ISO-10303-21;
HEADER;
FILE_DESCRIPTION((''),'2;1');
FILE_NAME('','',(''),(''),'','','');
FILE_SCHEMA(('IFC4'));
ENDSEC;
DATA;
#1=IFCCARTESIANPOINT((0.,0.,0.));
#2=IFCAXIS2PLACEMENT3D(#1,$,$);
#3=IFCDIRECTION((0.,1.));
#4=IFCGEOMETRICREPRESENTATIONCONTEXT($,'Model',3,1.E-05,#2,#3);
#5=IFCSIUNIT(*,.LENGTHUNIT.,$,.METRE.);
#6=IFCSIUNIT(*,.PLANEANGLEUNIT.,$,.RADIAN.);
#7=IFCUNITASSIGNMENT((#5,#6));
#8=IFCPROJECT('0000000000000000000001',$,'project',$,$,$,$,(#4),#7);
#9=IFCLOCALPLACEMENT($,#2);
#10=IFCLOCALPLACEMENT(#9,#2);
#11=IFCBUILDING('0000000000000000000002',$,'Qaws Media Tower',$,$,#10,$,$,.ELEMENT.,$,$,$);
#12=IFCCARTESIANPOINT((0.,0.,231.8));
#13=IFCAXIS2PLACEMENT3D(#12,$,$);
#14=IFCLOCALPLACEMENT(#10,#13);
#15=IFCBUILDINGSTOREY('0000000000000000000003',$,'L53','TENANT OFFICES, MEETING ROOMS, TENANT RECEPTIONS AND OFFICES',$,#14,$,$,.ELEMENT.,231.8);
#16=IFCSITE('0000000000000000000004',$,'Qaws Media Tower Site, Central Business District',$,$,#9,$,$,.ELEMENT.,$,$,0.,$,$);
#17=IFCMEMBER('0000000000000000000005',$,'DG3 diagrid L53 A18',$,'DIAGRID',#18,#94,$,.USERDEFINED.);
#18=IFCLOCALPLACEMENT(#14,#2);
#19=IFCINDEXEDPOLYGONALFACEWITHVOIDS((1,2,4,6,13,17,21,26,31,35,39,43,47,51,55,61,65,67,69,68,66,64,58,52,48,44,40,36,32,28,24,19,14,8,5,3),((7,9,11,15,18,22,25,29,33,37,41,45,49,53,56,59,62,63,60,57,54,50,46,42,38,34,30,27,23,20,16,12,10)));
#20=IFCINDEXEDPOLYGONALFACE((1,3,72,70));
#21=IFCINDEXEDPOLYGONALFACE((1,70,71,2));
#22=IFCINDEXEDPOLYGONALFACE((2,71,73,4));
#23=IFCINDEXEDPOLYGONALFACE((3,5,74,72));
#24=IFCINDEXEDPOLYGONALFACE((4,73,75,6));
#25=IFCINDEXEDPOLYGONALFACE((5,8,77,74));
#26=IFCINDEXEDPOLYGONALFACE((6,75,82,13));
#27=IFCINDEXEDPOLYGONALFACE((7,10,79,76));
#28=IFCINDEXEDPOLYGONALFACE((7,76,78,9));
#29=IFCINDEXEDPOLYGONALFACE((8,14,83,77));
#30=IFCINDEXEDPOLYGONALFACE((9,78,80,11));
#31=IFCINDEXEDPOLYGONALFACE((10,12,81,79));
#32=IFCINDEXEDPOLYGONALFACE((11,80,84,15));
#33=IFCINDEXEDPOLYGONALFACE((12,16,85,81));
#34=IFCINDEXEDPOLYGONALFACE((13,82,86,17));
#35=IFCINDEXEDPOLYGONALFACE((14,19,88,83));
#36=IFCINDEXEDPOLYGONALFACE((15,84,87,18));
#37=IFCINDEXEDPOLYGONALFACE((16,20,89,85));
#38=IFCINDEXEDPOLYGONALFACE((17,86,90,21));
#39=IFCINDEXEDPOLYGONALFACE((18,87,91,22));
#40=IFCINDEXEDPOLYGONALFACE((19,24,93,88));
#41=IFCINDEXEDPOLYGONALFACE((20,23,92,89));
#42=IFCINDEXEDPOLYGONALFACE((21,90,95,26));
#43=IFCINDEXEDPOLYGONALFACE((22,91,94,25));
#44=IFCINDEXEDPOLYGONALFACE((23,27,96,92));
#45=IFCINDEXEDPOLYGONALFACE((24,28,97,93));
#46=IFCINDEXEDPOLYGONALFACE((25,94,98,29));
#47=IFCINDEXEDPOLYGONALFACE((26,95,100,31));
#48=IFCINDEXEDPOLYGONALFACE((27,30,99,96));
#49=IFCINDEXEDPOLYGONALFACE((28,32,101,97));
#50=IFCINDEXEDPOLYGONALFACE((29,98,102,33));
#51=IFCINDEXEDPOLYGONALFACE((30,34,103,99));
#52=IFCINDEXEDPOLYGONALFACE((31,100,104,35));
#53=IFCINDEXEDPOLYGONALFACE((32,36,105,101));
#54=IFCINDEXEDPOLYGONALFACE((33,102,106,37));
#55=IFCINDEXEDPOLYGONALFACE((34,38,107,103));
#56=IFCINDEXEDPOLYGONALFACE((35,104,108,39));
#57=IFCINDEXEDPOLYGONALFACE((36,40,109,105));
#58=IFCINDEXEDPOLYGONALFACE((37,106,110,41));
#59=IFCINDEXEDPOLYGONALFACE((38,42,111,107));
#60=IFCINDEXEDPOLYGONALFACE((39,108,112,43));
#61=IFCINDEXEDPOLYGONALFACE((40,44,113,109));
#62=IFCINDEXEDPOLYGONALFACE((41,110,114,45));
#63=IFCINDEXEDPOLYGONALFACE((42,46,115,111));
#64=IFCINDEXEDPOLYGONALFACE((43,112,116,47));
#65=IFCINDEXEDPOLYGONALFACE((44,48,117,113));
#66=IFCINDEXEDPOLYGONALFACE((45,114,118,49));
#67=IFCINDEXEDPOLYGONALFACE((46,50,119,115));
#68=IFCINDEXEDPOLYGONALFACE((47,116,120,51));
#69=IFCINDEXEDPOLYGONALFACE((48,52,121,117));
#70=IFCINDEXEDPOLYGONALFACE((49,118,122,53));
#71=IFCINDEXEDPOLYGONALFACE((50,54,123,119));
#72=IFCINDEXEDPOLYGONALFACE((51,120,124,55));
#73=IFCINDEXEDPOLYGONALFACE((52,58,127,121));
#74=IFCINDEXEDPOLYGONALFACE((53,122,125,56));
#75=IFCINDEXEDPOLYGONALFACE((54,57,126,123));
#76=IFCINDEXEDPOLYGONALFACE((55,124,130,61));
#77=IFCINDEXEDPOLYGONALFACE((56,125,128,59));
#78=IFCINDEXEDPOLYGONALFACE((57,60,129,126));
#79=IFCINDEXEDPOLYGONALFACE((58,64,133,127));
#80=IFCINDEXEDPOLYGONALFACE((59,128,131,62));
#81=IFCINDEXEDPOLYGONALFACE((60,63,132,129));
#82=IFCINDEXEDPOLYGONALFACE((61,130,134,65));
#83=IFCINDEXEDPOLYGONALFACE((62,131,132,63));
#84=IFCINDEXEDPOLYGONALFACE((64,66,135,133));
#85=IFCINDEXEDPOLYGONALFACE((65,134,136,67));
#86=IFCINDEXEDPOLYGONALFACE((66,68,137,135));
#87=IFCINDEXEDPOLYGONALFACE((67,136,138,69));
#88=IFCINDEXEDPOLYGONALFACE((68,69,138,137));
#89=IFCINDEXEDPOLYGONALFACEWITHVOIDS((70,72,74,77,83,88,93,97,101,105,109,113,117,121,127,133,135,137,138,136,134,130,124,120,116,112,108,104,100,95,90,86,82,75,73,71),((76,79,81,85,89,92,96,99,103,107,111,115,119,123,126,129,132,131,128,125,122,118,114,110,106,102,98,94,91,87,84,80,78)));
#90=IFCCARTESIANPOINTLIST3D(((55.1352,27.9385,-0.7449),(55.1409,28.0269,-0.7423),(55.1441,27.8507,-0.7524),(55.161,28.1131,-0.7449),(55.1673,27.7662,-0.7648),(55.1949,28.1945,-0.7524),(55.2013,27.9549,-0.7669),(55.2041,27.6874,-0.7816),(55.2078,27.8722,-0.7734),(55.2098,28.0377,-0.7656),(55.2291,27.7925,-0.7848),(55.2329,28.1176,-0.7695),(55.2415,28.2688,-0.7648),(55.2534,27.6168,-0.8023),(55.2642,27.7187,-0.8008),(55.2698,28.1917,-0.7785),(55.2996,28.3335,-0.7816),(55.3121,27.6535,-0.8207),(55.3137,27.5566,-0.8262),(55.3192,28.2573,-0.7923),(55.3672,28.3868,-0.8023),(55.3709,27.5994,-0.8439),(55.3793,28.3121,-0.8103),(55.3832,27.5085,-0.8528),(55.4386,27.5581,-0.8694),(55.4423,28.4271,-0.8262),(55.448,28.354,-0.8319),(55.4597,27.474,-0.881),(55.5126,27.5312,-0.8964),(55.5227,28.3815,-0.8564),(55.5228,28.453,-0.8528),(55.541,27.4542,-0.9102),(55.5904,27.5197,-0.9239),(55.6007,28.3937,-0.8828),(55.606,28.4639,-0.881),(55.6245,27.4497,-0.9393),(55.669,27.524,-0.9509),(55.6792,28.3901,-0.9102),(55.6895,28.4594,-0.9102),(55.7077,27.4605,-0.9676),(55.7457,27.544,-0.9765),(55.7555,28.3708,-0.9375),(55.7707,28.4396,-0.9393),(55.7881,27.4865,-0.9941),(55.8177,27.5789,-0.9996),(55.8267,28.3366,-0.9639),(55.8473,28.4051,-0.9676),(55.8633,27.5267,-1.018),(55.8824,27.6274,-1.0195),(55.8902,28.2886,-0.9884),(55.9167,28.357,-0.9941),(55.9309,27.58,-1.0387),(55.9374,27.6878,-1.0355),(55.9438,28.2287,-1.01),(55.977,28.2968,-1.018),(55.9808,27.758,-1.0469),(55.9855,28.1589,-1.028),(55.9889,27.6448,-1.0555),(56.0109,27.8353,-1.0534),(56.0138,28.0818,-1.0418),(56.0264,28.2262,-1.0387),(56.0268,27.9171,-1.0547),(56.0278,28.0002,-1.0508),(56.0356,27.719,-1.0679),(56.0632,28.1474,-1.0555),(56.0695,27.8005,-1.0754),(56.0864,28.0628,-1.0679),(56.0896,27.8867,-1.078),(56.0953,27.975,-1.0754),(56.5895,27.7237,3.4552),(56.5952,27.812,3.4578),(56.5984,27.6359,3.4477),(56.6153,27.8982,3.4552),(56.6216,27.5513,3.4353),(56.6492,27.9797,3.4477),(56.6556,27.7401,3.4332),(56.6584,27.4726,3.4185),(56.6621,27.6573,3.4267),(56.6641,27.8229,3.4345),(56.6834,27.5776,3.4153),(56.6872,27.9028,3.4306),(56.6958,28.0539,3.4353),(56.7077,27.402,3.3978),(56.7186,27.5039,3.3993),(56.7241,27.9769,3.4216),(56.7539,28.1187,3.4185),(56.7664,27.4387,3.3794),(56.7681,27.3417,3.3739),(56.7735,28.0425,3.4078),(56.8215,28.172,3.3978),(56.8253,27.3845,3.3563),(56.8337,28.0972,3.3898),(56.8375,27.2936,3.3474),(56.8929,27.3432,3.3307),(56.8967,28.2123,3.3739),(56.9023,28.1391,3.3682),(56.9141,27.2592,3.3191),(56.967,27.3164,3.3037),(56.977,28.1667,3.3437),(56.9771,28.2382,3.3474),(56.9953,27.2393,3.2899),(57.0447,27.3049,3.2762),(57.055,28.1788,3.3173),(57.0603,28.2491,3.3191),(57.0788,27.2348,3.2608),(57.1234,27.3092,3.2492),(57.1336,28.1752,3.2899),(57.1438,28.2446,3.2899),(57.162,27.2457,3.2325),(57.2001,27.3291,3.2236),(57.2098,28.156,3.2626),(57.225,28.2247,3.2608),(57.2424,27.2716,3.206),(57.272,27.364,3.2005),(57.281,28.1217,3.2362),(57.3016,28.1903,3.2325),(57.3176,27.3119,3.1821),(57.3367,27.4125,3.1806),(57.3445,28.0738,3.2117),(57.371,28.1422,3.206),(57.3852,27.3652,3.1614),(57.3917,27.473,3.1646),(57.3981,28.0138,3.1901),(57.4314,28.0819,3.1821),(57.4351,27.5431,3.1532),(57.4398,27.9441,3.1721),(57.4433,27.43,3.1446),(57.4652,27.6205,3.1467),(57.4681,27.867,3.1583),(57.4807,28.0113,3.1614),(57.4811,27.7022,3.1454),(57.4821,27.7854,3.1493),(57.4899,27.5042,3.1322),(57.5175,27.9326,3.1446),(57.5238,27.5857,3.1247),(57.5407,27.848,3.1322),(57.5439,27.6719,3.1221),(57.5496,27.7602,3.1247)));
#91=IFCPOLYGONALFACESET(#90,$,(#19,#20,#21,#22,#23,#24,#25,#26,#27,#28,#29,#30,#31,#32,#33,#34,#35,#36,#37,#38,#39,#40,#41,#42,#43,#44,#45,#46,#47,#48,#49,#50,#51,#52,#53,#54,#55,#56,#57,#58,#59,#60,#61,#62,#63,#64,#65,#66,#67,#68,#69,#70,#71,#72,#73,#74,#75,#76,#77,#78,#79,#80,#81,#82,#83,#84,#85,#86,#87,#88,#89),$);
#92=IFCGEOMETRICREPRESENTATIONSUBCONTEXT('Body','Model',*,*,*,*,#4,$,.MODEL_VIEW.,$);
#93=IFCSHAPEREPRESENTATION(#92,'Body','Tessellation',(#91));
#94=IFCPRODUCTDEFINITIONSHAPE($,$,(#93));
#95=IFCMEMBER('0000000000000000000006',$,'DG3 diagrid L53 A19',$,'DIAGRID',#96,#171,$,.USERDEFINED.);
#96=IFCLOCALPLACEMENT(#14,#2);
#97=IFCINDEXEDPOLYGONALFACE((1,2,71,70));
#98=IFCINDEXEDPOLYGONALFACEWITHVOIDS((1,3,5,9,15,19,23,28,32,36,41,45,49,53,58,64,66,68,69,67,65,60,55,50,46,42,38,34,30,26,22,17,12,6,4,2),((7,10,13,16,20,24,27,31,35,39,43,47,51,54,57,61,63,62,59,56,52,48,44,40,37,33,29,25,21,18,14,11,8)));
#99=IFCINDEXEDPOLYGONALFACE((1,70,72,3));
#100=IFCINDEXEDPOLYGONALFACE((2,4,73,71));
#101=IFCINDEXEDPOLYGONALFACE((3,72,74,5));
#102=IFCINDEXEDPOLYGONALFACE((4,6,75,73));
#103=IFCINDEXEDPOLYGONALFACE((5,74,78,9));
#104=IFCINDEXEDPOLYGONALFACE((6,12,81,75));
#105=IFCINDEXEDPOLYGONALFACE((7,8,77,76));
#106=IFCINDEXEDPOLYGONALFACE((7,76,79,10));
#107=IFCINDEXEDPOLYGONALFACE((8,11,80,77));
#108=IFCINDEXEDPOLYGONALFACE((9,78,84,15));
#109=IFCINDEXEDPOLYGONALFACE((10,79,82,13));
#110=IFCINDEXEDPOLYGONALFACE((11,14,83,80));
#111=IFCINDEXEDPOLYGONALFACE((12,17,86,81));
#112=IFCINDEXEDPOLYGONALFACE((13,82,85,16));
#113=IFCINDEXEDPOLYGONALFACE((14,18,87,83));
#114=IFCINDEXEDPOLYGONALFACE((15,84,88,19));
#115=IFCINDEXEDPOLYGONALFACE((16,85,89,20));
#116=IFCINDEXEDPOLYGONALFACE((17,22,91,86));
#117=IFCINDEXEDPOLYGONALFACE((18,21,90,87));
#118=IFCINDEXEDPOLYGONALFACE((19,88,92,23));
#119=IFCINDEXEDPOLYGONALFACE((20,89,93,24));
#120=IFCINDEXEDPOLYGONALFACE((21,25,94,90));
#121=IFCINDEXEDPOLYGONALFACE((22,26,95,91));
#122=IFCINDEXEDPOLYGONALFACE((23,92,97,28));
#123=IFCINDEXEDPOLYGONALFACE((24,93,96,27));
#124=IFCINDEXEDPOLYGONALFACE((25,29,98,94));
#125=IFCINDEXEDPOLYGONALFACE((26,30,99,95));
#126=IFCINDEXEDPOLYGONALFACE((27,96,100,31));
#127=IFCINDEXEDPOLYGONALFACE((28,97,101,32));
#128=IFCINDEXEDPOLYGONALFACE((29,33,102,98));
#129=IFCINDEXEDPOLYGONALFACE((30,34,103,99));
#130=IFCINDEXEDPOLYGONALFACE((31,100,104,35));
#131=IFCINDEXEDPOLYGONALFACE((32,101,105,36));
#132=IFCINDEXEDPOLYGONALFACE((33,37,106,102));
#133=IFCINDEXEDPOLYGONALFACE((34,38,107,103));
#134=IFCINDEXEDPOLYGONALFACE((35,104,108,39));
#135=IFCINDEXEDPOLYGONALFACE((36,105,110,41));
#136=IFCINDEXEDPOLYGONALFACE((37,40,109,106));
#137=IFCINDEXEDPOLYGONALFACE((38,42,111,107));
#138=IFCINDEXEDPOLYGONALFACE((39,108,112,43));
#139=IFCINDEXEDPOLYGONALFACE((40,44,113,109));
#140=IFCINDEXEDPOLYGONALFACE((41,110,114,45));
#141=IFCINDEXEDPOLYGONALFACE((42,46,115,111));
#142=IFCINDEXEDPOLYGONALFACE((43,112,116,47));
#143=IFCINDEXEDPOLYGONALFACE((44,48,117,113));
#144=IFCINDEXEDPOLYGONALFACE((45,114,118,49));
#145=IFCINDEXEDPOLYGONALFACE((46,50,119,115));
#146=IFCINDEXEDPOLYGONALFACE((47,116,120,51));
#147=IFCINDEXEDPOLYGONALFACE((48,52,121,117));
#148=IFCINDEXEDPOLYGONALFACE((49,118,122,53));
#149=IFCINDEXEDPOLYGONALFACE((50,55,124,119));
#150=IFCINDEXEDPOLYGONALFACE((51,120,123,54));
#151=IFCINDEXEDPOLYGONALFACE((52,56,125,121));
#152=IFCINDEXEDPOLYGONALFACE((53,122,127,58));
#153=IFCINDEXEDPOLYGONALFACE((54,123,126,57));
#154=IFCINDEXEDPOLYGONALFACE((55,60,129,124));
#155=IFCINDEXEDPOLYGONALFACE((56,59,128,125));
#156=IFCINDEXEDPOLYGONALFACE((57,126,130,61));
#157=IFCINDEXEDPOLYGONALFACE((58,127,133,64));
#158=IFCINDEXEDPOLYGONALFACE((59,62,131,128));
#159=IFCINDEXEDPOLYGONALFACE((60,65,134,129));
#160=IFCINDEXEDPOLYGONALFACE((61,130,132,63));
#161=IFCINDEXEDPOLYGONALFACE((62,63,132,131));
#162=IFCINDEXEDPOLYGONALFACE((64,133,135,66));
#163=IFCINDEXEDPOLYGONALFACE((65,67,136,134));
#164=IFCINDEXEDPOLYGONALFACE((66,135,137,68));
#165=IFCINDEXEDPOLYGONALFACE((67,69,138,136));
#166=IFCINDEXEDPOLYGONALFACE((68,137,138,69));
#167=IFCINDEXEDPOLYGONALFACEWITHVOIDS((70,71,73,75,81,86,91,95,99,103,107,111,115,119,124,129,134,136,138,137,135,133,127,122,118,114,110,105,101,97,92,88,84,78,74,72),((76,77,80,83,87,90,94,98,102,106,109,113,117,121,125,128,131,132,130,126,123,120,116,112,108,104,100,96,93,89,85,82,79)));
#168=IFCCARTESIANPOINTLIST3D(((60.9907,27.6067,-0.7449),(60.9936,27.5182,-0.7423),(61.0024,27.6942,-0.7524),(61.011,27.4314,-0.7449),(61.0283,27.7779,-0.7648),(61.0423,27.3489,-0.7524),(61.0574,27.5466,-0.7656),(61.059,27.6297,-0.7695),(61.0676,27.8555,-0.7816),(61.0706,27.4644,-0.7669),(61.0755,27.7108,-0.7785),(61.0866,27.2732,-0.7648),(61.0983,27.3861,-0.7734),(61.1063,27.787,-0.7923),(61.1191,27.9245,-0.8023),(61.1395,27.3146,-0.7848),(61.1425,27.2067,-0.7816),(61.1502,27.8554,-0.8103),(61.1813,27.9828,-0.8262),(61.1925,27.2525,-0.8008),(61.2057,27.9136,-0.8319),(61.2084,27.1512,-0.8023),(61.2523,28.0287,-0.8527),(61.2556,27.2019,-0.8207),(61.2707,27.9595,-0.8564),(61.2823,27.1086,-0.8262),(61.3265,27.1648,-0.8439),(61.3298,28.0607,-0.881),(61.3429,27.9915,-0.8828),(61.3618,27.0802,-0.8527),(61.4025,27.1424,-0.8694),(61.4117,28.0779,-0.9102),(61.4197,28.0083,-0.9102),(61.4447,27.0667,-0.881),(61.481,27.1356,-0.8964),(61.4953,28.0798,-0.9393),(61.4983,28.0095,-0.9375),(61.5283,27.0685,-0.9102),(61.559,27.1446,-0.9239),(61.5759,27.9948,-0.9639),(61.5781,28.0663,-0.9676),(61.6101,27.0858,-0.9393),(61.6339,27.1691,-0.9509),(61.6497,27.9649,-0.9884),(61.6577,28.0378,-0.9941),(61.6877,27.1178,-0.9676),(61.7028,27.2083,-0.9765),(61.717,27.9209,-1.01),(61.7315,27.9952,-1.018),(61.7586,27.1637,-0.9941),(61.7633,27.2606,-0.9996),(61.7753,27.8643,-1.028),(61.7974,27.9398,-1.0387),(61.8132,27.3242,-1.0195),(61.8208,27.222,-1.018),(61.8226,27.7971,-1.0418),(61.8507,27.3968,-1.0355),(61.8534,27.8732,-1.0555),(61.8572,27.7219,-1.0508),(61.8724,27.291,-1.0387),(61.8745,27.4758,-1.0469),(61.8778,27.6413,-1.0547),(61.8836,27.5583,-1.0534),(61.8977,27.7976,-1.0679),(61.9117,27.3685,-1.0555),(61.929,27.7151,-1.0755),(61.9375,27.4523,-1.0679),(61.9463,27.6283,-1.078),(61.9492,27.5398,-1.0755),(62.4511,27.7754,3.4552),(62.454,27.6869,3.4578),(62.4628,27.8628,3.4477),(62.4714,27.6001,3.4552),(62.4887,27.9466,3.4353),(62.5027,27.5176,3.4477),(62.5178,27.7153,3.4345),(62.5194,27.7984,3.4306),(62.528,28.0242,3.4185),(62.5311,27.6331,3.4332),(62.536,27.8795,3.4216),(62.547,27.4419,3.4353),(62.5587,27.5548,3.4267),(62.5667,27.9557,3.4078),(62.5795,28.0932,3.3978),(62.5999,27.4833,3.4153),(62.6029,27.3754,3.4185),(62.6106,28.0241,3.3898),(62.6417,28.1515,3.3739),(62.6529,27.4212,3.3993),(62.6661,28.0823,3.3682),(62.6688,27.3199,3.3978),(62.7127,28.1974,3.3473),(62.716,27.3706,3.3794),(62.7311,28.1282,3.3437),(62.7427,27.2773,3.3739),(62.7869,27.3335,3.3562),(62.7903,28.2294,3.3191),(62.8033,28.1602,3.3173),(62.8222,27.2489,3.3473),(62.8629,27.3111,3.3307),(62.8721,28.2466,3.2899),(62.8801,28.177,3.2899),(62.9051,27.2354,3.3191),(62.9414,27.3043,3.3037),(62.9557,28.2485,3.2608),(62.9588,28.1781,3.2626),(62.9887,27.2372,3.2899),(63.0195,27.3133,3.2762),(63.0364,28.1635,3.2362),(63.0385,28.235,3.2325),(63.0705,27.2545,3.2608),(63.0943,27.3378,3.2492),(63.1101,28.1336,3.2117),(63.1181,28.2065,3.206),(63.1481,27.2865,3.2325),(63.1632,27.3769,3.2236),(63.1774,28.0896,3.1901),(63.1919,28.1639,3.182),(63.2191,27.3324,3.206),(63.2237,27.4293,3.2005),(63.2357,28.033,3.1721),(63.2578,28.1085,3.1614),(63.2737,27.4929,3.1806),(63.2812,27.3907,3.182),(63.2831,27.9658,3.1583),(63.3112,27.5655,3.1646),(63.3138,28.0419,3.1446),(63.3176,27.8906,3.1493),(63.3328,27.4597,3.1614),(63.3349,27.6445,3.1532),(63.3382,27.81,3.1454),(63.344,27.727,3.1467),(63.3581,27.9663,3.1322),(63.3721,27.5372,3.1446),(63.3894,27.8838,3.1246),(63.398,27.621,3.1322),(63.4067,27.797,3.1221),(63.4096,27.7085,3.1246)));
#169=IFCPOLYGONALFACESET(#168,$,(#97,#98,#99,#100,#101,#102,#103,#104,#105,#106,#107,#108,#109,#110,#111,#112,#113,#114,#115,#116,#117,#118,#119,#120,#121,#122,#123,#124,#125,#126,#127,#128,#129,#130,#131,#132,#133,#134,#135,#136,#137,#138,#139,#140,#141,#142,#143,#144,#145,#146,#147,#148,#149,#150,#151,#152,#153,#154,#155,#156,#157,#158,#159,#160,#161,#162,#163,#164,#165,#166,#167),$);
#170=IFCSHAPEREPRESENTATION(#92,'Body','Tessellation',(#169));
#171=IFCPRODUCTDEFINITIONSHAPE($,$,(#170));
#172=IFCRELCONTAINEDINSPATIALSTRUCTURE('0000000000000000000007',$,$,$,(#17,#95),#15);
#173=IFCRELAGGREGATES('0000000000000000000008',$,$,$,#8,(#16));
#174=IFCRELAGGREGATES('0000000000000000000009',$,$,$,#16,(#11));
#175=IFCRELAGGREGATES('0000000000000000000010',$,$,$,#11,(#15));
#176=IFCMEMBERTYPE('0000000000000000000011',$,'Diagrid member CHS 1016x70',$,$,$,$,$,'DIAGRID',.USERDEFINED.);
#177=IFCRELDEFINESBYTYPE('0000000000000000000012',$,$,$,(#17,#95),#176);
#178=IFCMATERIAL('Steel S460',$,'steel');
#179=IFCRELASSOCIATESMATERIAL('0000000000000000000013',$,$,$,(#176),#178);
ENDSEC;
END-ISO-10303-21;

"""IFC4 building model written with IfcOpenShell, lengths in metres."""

from ifc_helpers import new_model, si_unit, direction, frame, origin, origin_2d, place, context, subcontext, project, spatial, hollow_circle, extrude, material, material_profile, profile_set, type_object, element, save


model = new_model("IFC4")

# Units and contexts
model_context = context("Model", 3, precision=1e-05, world=origin(), true_north=direction((0.0, 1.0)))
body_context = subcontext(model_context, "Body", "Model", "MODEL_VIEW")
ifc_project = project(units=[si_unit("LENGTHUNIT", "METRE"), si_unit("PLANEANGLEUNIT", "RADIAN")], contexts=[model_context])

# Site, building, storey
site_placement = place(None, origin())
site = spatial("IfcSite", under=ifc_project, at=site_placement, Name="Qaws Media Tower Site, Central Business District", CompositionType="ELEMENT", RefElevation=0.0)
building_placement = place(site_placement, origin())
building = spatial("IfcBuilding", under=site, at=building_placement, Name="Qaws Media Tower", CompositionType="ELEMENT")
storey_placement = place(building_placement, frame((0.0, 0.0, 231.8)))
storey = spatial("IfcBuildingStorey", under=building, at=storey_placement, Name="L53", Description="TENANT OFFICES, MEETING ROOMS, TENANT RECEPTIONS AND OFFICES", CompositionType="ELEMENT", Elevation=231.8)

# Members
ifc_material_1 = material(Name="Steel S460", Category="steel")
ifc_material_profile_1 = material_profile(ifc_material_1, hollow_circle(Radius=0.5081, WallThickness=0.0701, at=origin_2d()), Name="CHS 1016x70")
ifc_profile_set_1 = profile_set([ifc_material_profile_1], Name="Steel S460")
member_type_1 = type_object("IfcMemberType", Name="Diagrid member CHS 1016x70", ElementType="DIAGRID", PredefinedType="USERDEFINED", material=ifc_profile_set_1)
for number, where, z_axis, x_axis, name in (
    (1, (55.6152, 27.9568, -0.9102), (0.326816, -0.048279, 0.943854), (0.146139, 0.989264, 0.0), "DG3 diagrid L53 A18"),
    (2, (61.47, 27.5732, -0.9102), (0.328187, 0.03791, 0.943852), (-0.11475, 0.993394, 0.0), "DG3 diagrid L53 A19"),
):
    element("IfcMember", number, at=place(storey_placement, frame(where, z_axis=z_axis, x_axis=x_axis)), inside=storey, type_object=member_type_1, Name=name, ObjectType="DIAGRID", PredefinedType="USERDEFINED", context=body_context, shape_type="SweptSolid", body=[
        extrude(hollow_circle(Radius=0.5081, WallThickness=0.0701, at=origin_2d()), origin(), (0.0, 0.0, 1.0), 4.45),
    ])

save(model, "model.ifc")
